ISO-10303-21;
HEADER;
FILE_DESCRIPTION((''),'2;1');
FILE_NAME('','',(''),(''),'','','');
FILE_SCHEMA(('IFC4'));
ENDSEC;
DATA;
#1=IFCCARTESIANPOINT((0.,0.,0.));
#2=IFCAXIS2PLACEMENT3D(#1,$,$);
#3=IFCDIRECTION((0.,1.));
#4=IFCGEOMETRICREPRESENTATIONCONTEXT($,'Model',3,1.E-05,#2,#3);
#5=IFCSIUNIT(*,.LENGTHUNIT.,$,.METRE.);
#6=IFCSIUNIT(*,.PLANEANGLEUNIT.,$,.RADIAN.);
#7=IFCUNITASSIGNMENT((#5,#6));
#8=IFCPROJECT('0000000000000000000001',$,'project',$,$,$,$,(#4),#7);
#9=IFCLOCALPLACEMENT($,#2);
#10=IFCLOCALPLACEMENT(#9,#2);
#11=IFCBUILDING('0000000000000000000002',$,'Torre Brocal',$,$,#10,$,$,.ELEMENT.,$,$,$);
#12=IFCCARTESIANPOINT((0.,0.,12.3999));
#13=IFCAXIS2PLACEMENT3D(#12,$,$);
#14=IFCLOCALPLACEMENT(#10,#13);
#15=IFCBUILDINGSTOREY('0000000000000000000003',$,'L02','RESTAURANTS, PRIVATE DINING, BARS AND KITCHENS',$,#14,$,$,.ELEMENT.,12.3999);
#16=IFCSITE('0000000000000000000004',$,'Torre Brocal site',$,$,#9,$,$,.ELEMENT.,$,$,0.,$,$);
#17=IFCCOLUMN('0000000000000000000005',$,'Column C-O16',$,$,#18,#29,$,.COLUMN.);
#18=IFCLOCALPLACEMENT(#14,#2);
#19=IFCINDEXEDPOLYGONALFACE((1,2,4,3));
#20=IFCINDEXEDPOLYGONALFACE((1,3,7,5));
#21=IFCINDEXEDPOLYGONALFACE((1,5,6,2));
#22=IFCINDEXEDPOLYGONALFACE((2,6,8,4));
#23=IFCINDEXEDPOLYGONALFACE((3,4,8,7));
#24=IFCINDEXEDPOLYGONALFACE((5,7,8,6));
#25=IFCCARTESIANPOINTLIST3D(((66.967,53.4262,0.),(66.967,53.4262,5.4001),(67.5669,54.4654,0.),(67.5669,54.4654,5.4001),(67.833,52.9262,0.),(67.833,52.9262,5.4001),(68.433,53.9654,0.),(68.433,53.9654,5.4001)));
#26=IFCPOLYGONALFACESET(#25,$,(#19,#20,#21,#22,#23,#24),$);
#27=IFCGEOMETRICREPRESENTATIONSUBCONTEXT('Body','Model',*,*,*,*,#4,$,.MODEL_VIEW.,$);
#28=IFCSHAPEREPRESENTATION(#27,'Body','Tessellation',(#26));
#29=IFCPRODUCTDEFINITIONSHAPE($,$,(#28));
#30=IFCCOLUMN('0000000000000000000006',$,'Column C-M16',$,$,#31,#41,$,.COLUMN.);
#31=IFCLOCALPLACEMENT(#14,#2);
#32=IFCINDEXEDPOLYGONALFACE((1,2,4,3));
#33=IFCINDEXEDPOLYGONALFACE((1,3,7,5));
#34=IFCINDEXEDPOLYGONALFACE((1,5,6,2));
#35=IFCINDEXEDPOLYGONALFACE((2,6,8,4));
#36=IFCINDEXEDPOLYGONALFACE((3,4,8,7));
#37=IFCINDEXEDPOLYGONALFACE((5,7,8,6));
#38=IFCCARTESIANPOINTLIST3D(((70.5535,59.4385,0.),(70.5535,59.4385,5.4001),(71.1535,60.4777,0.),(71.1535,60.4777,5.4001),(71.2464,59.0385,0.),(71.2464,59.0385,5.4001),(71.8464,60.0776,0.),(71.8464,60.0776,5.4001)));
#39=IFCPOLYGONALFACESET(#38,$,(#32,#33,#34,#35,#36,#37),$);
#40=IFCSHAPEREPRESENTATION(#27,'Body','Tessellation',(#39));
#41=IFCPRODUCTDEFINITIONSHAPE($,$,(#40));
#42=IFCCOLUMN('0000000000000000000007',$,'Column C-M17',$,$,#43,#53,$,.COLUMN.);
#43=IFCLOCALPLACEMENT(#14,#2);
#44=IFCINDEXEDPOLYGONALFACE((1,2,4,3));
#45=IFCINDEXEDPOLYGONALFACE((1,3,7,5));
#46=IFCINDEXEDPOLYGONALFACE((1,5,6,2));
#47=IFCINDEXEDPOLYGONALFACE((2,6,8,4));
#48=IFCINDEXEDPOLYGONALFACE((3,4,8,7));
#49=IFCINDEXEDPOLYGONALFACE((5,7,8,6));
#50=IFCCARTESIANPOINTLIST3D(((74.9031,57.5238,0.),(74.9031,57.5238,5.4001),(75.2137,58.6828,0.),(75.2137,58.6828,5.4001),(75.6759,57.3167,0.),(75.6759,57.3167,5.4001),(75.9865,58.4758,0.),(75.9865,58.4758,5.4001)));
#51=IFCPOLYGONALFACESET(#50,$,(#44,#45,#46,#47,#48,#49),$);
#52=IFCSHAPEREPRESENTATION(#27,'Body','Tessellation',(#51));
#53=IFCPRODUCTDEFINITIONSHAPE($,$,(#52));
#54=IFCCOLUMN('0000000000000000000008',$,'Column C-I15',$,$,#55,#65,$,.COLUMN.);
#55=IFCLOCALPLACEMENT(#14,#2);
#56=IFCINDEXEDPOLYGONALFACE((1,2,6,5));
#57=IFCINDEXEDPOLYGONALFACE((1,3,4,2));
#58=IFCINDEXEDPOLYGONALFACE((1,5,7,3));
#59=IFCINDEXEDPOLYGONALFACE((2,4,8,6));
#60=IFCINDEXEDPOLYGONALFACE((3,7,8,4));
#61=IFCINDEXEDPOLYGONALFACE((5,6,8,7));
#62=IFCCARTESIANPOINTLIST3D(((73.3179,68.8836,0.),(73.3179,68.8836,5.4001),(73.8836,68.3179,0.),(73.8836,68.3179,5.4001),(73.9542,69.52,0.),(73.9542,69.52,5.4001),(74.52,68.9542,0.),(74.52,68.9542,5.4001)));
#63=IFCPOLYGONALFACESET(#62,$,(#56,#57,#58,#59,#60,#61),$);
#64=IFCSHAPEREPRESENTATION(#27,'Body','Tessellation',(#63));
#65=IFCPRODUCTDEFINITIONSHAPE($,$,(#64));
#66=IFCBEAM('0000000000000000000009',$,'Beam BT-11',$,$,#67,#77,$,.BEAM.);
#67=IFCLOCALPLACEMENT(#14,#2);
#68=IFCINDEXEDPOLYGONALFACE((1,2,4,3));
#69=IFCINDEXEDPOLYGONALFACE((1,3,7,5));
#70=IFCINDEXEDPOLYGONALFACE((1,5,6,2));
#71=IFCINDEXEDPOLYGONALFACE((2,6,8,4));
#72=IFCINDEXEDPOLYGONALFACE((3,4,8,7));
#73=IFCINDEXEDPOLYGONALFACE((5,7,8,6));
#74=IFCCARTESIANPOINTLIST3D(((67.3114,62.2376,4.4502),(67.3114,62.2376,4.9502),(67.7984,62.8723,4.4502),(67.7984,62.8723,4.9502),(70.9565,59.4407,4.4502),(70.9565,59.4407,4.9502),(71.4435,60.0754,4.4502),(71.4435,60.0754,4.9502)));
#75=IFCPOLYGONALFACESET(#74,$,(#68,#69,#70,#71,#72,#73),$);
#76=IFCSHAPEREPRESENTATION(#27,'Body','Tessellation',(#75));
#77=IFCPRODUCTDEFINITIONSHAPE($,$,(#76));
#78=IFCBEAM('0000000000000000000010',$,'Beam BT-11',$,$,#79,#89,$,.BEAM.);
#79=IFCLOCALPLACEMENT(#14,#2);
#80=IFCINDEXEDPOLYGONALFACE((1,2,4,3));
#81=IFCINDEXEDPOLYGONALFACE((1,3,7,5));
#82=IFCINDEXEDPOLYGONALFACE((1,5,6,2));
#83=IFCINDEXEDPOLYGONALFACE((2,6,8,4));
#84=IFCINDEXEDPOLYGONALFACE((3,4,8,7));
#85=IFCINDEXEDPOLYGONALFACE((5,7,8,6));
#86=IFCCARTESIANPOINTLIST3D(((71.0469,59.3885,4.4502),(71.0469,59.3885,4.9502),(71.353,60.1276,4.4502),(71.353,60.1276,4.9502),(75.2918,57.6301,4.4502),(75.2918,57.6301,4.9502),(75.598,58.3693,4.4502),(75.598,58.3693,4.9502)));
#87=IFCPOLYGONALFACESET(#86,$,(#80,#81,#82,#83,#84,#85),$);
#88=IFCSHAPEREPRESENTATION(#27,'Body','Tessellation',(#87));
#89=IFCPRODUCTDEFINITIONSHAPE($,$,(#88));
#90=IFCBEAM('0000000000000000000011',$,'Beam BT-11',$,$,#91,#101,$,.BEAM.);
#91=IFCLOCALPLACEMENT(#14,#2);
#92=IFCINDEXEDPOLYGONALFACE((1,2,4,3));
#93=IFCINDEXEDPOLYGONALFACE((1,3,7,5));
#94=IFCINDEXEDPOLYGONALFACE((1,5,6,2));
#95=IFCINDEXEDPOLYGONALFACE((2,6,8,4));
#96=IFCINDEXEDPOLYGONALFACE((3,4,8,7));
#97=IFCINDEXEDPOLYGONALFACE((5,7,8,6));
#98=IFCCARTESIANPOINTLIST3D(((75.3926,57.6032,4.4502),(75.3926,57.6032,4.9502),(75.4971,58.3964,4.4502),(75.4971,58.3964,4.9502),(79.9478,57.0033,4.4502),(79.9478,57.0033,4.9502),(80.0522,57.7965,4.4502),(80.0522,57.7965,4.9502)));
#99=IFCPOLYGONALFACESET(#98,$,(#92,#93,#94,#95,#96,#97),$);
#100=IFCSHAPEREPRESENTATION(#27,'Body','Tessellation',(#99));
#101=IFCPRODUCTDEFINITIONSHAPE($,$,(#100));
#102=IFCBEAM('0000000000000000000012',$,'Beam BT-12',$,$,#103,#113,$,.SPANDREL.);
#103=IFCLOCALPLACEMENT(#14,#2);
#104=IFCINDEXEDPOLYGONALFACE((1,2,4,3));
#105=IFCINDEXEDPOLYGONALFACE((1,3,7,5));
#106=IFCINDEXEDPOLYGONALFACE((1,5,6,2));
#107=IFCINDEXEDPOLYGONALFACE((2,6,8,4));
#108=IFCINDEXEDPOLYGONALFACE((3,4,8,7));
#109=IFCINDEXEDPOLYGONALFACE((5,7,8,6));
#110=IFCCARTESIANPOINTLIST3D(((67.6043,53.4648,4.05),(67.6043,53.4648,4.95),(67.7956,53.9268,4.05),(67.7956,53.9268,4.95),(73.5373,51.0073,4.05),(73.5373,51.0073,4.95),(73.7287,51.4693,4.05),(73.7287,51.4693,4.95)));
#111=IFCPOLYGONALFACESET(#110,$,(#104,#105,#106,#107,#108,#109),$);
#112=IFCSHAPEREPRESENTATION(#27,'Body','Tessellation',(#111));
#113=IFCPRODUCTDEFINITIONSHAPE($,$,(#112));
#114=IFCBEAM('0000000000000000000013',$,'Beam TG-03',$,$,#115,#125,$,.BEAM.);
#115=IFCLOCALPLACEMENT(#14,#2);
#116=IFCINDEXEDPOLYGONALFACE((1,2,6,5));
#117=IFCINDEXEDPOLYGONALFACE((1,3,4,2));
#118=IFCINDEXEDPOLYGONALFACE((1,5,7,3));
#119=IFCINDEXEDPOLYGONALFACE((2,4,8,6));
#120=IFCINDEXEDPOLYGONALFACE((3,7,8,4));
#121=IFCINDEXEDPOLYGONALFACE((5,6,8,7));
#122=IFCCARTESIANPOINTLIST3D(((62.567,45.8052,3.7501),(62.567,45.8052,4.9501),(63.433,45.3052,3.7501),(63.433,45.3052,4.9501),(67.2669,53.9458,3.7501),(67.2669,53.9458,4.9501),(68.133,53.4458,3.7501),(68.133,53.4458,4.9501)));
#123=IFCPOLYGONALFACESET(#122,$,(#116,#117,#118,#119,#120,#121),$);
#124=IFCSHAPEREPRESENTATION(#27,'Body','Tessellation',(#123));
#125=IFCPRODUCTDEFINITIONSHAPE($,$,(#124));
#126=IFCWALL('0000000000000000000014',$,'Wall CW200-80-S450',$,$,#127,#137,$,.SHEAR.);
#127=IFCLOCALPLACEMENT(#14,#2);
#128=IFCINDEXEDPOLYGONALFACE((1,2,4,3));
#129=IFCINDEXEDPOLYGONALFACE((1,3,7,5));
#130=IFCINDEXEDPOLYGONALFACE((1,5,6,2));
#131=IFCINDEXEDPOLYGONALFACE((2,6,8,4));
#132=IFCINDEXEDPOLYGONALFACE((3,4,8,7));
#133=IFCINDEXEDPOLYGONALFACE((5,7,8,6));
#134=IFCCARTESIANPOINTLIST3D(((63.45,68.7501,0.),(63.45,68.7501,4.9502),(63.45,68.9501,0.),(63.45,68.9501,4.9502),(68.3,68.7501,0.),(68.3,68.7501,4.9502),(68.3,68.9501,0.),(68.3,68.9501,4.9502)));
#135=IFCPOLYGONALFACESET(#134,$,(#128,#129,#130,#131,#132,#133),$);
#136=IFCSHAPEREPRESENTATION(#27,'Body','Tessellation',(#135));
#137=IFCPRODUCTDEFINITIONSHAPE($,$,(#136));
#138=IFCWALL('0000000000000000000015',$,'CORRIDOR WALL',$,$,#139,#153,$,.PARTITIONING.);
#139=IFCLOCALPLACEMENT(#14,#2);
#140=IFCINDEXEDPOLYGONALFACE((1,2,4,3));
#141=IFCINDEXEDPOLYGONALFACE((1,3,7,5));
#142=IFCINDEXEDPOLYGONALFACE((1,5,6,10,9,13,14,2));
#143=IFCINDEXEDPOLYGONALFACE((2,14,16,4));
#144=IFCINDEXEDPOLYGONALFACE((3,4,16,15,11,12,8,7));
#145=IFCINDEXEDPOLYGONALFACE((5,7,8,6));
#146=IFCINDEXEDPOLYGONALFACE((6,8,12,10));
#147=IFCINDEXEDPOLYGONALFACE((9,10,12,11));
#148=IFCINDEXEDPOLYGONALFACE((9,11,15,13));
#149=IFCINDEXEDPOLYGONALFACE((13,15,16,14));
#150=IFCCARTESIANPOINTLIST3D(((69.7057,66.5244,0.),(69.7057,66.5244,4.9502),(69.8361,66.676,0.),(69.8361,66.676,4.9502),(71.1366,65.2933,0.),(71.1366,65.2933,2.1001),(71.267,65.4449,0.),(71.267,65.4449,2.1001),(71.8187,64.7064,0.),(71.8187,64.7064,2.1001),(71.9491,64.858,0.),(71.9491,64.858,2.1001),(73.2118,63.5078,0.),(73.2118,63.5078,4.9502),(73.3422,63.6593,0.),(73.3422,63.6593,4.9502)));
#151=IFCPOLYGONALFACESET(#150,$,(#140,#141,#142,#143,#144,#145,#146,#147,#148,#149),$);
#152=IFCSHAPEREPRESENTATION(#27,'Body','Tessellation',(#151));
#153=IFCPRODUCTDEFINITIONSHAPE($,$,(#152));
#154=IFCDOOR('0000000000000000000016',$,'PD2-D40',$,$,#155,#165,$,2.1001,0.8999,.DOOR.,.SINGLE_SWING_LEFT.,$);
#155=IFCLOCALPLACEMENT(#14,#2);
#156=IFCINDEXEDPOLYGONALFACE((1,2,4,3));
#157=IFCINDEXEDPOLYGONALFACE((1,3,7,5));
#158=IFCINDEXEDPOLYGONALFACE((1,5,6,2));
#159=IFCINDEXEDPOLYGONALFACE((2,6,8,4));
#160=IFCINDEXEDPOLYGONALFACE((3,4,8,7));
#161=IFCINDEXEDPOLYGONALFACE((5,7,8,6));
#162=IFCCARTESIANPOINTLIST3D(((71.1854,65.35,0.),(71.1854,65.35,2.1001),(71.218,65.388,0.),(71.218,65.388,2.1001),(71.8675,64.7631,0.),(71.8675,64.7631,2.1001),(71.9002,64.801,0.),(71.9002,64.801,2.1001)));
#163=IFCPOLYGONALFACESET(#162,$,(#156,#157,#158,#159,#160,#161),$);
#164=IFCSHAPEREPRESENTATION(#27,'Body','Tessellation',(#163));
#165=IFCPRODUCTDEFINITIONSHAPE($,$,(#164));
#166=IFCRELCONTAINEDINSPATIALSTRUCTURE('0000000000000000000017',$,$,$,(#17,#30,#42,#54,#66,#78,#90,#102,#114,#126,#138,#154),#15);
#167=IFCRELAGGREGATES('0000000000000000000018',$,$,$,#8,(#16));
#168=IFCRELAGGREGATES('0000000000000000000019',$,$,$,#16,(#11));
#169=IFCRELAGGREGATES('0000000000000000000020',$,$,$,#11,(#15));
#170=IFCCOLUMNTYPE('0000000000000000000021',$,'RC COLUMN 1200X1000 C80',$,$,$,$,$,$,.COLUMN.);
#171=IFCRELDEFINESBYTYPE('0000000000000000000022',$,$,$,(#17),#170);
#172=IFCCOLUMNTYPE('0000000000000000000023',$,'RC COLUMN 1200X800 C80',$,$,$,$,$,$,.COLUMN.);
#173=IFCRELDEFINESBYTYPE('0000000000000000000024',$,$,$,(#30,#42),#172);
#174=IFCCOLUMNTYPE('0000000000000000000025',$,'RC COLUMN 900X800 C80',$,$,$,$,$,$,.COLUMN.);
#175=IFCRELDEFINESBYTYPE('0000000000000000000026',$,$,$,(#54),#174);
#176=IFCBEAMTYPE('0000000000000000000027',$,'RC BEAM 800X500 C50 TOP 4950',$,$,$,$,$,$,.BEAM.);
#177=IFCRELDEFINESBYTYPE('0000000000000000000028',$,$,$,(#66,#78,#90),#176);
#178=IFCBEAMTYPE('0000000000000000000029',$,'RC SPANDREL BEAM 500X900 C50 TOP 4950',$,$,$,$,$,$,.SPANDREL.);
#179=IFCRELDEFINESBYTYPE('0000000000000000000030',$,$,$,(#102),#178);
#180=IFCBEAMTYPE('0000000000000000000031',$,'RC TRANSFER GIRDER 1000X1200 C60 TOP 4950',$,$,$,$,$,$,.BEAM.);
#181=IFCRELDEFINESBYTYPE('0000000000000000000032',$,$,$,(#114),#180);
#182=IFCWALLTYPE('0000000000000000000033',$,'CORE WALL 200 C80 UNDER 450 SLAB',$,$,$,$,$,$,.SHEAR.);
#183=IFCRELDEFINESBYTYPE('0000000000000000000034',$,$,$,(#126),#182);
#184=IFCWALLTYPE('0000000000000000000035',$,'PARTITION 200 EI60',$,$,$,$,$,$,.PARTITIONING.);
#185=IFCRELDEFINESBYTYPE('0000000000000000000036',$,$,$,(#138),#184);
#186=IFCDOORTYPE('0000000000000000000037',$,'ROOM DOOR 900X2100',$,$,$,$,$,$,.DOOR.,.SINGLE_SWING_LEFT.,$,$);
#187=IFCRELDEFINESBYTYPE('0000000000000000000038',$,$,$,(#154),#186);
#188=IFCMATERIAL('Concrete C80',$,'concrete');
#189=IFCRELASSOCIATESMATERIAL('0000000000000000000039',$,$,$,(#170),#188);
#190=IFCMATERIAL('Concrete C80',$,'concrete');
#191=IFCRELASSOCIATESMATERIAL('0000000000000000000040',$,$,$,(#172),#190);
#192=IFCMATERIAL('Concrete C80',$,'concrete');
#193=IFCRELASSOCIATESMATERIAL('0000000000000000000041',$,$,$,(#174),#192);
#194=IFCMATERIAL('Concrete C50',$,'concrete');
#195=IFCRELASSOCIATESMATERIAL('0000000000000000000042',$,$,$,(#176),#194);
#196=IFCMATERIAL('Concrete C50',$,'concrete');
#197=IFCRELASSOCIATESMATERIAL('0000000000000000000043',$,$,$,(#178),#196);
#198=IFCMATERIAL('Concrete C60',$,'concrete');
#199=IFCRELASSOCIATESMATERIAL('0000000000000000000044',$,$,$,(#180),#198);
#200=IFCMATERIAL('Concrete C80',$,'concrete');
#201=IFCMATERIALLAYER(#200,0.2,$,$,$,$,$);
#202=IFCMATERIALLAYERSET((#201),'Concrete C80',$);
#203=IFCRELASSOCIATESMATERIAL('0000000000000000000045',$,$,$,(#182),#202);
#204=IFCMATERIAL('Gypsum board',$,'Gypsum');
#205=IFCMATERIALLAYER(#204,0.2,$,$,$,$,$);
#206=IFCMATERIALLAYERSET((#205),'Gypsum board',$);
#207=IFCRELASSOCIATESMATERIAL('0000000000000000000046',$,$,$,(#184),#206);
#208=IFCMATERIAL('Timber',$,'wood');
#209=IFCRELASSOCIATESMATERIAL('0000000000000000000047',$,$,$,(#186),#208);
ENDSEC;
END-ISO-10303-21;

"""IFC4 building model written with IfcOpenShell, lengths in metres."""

from ifc_helpers import new_model, si_unit, direction, frame, frame_2d, origin, origin_2d, place, context, subcontext, project, spatial, rectangle, extrude, material, layer, layer_set, material_profile, profile_set, type_object, element, fill, save


model = new_model("IFC4")

# Units and contexts
model_context = context("Model", 3, precision=1e-05, world=origin(), true_north=direction((0.0, 1.0)))
body_context = subcontext(model_context, "Body", "Model", "MODEL_VIEW")
ifc_project = project(units=[si_unit("LENGTHUNIT", "METRE"), si_unit("PLANEANGLEUNIT", "RADIAN")], contexts=[model_context])

# Site, building, storey
site_placement = place(None, origin())
site = spatial("IfcSite", under=ifc_project, at=site_placement, Name="Torre Brocal site", CompositionType="ELEMENT", RefElevation=0.0)
building_placement = place(site_placement, origin())
building = spatial("IfcBuilding", under=site, at=building_placement, Name="Torre Brocal", CompositionType="ELEMENT")
storey_placement = place(building_placement, frame((0.0, 0.0, 12.3999)))
storey = spatial("IfcBuildingStorey", under=building, at=storey_placement, Name="L02", Description="RESTAURANTS, PRIVATE DINING, BARS AND KITCHENS", CompositionType="ELEMENT", Elevation=12.3999)

# Columns
ifc_material_1 = material(Name="Concrete C80", Category="concrete")
ifc_material_profile_1 = material_profile(ifc_material_1, rectangle(XDim=1.2, YDim=1.0, at=origin_2d()), Name="RC 1200X1000")
ifc_profile_set_1 = profile_set([ifc_material_profile_1], Name="Concrete C80")
column_type_1 = type_object("IfcColumnType", Name="RC COLUMN 1200X1000 C80", PredefinedType="COLUMN", material=ifc_profile_set_1)
column_1_placement = place(storey_placement, frame((67.7, 53.6958, 0.0), z_axis=(0.0, 0.0, 1.0), x_axis=(-0.5, -0.866025, 0.0)))
element("IfcColumn", 1, at=column_1_placement, inside=storey, type_object=column_type_1, Name="Column C-O16", PredefinedType="COLUMN", context=body_context, shape_type="SweptSolid", body=[
    extrude(rectangle(XDim=1.2, YDim=1.0, at=origin_2d()), origin(), (0.0, 0.0, 1.0), 5.4001),
])
ifc_material_2 = material(Name="Concrete C80", Category="concrete")
ifc_material_profile_2 = material_profile(ifc_material_2, rectangle(XDim=1.2, YDim=0.8, at=origin_2d()), Name="RC 1200X800")
ifc_profile_set_2 = profile_set([ifc_material_profile_2], Name="Concrete C80")
column_type_2 = type_object("IfcColumnType", Name="RC COLUMN 1200X800 C80", PredefinedType="COLUMN", material=ifc_profile_set_2)
for number, where, z_axis, x_axis, name in (
    (2, (71.2, 59.7581, 0.0), (0.0, 0.0, 1.0), (-0.5, -0.866025, 0.0), "Column C-M16"),
    (3, (75.4448, 57.9998, 0.0), (0.0, 0.0, 1.0), (-0.258819, -0.965926, 0.0), "Column C-M17"),
):
    element("IfcColumn", number, at=place(storey_placement, frame(where, z_axis=z_axis, x_axis=x_axis)), inside=storey, type_object=column_type_2, Name=name, PredefinedType="COLUMN", context=body_context, shape_type="SweptSolid", body=[
        extrude(rectangle(XDim=1.2, YDim=0.8, at=origin_2d()), origin(), (0.0, 0.0, 1.0), 5.4001),
    ])
ifc_material_3 = material(Name="Concrete C80", Category="concrete")
ifc_material_profile_3 = material_profile(ifc_material_3, rectangle(XDim=0.8999, YDim=0.8, at=origin_2d()), Name="RC 900X800")
ifc_profile_set_3 = profile_set([ifc_material_profile_3], Name="Concrete C80")
column_type_3 = type_object("IfcColumnType", Name="RC COLUMN 900X800 C80", PredefinedType="COLUMN", material=ifc_profile_set_3)
column_2_placement = place(storey_placement, frame((73.9189, 68.9189, 0.0), z_axis=(0.0, 0.0, 1.0), x_axis=(-0.707107, -0.707107, 0.0)))
element("IfcColumn", 4, at=column_2_placement, inside=storey, type_object=column_type_3, Name="Column C-I15", PredefinedType="COLUMN", context=body_context, shape_type="SweptSolid", body=[
    extrude(rectangle(XDim=0.8999, YDim=0.8, at=origin_2d()), origin(), (0.0, 0.0, 1.0), 5.4001),
])

# Beams
ifc_material_4 = material(Name="Concrete C50", Category="concrete")
ifc_material_profile_4 = material_profile(ifc_material_4, rectangle(XDim=0.8, YDim=0.5, at=origin_2d()), Name="RC 800X500")
ifc_profile_set_4 = profile_set([ifc_material_profile_4], Name="Concrete C50")
beam_type_1 = type_object("IfcBeamType", Name="RC BEAM 800X500 C50 TOP 4950", PredefinedType="BEAM", material=ifc_profile_set_4)
beam_1_placement = place(storey_placement, frame((67.5549, 62.5549, 4.7002), z_axis=(0.793358, -0.608755, 0.0), x_axis=(0.608755, 0.793358, 0.0)))
element("IfcBeam", 5, at=beam_1_placement, inside=storey, type_object=beam_type_1, Name="Beam BT-11", PredefinedType="BEAM", context=body_context, shape_type="SweptSolid", body=[
    extrude(rectangle(XDim=0.8, YDim=0.5, at=origin_2d()), origin(), (0.0, 0.0, 1.0), 4.5945),
])
beam_2_placement = place(storey_placement, frame((71.2, 59.7581, 4.7002), z_axis=(0.923878, -0.382687, 0.0), x_axis=(0.382687, 0.923878, 0.0)))
element("IfcBeam", 6, at=beam_2_placement, inside=storey, type_object=beam_type_1, Name="Beam BT-11", PredefinedType="BEAM", context=body_context, shape_type="SweptSolid", body=[
    extrude(rectangle(XDim=0.8, YDim=0.5, at=origin_2d()), origin(), (0.0, 0.0, 1.0), 4.5947),
])
beam_3_placement = place(storey_placement, frame((75.4448, 57.9998, 4.7002), z_axis=(0.991441, -0.130559, 0.0), x_axis=(0.130559, 0.991441, 0.0)))
element("IfcBeam", 7, at=beam_3_placement, inside=storey, type_object=beam_type_1, Name="Beam BT-11", PredefinedType="BEAM", context=body_context, shape_type="SweptSolid", body=[
    extrude(rectangle(XDim=0.8, YDim=0.5, at=origin_2d()), origin(), (0.0, 0.0, 1.0), 4.5945),
])
ifc_material_5 = material(Name="Concrete C50", Category="concrete")
ifc_material_profile_5 = material_profile(ifc_material_5, rectangle(XDim=0.5, YDim=0.8999, at=origin_2d()), Name="RC 500X900")
ifc_profile_set_5 = profile_set([ifc_material_profile_5], Name="Concrete C50")
beam_type_2 = type_object("IfcBeamType", Name="RC SPANDREL BEAM 500X900 C50 TOP 4950", PredefinedType="SPANDREL", material=ifc_profile_set_5)
beam_4_placement = place(storey_placement, frame((67.7, 53.6958, 4.5), z_axis=(0.923882, -0.382676, 0.0), x_axis=(0.382676, 0.923882, 0.0)))
element("IfcBeam", 8, at=beam_4_placement, inside=storey, type_object=beam_type_2, Name="Beam BT-12", PredefinedType="SPANDREL", context=body_context, shape_type="SweptSolid", body=[
    extrude(rectangle(XDim=0.5, YDim=0.8999, at=origin_2d()), origin(), (0.0, 0.0, 1.0), 6.4219),
])
ifc_material_6 = material(Name="Concrete C60", Category="concrete")
ifc_material_profile_6 = material_profile(ifc_material_6, rectangle(XDim=1.0, YDim=1.2, at=origin_2d()), Name="RC 1000X1200")
ifc_profile_set_6 = profile_set([ifc_material_profile_6], Name="Concrete C60")
beam_type_3 = type_object("IfcBeamType", Name="RC TRANSFER GIRDER 1000X1200 C60 TOP 4950", PredefinedType="BEAM", material=ifc_profile_set_6)
beam_5_placement = place(storey_placement, frame((67.7, 53.6958, 4.3501), z_axis=(-0.499997, -0.866027, 0.0), x_axis=(0.866027, -0.499997, 0.0)))
element("IfcBeam", 9, at=beam_5_placement, inside=storey, type_object=beam_type_3, Name="Beam TG-03", PredefinedType="BEAM", context=body_context, shape_type="SweptSolid", body=[
    extrude(rectangle(XDim=1.0, YDim=1.2, at=origin_2d()), origin(), (0.0, 0.0, 1.0), 9.3999),
])

# Wall
ifc_material_7 = material(Name="Concrete C80", Category="concrete")
ifc_layer_1 = layer(ifc_material_7, 0.2)
ifc_layer_set_1 = layer_set([ifc_layer_1], Name="Concrete C80")
wall_type_1 = type_object("IfcWallType", Name="CORE WALL 200 C80 UNDER 450 SLAB", PredefinedType="SHEAR", material=ifc_layer_set_1)
wall_1_placement = place(storey_placement, frame((68.3, 68.8501, 0.0), z_axis=(0.0, 0.0, 1.0), x_axis=(-1.0, 0.0, 0.0)))
element("IfcWall", 10, at=wall_1_placement, inside=storey, type_object=wall_type_1, Name="Wall CW200-80-S450", PredefinedType="SHEAR", context=body_context, shape_type="SweptSolid", body=[
    extrude(rectangle(XDim=4.8501, YDim=0.2, at=frame_2d((2.425, 0.0))), origin(), (0.0, 0.0, 1.0), 4.9502),
])

# Wall, opening, door
ifc_material_8 = material(Name="Gypsum board", Category="Gypsum")
ifc_layer_2 = layer(ifc_material_8, 0.2)
ifc_layer_set_2 = layer_set([ifc_layer_2], Name="Gypsum board")
wall_type_2 = type_object("IfcWallType", Name="PARTITION 200 EI60", PredefinedType="PARTITIONING", material=ifc_layer_set_2)
wall_2_placement = place(storey_placement, frame((69.771, 66.6001, 0.0), z_axis=(0.0, 0.0, 1.0), x_axis=(0.758041, -0.652207, 0.0)))
wall_2 = element("IfcWall", 11, at=wall_2_placement, inside=storey, type_object=wall_type_2, Name="CORRIDOR WALL", PredefinedType="PARTITIONING", context=body_context, shape_type="SweptSolid", body=[
    extrude(rectangle(XDim=4.6252, YDim=0.2, at=frame_2d((2.3125, 0.0))), origin(), (0.0, 0.0, 1.0), 4.9502),
])
opening_1_placement = place(wall_2_placement, frame((1.8875, 0.0, 0.0)))
opening_1 = element("IfcOpeningElement", 12, at=opening_1_placement, cuts=wall_2, PredefinedType="OPENING", context=body_context, shape_type="SweptSolid", body=[
    extrude(rectangle(XDim=0.8999, YDim=2.1001, at=frame_2d((0.45, 1.05))), frame((0.0, 0.1099, 0.0), z_axis=(0.0, -1.0, 0.0), x_axis=(1.0, 0.0, 0.0)), (0.0, 0.0, 1.0), 0.22),
])
ifc_material_9 = material(Name="Timber", Category="wood")
door_type_1 = type_object("IfcDoorType", Name="ROOM DOOR 900X2100", OperationType="SINGLE_SWING_LEFT", PredefinedType="DOOR", material=ifc_material_9)
door_1_placement = place(opening_1_placement, origin())
door_1 = element("IfcDoor", 13, at=door_1_placement, inside=storey, type_object=door_type_1, Name="PD2-D40", OperationType="SINGLE_SWING_LEFT", OverallHeight=2.1001, OverallWidth=0.8999, PredefinedType="DOOR", context=body_context, shape_type="SweptSolid", body=[
    extrude(rectangle(XDim=0.8999, YDim=2.1001, at=frame_2d((0.45, 1.05))), frame((0.0, 0.0249, 0.0), z_axis=(0.0, -1.0, 0.0), x_axis=(1.0, 0.0, 0.0)), (0.0, 0.0, 1.0), 0.05),
])
fill(opening_1, door_1)

save(model, "model.ifc")
